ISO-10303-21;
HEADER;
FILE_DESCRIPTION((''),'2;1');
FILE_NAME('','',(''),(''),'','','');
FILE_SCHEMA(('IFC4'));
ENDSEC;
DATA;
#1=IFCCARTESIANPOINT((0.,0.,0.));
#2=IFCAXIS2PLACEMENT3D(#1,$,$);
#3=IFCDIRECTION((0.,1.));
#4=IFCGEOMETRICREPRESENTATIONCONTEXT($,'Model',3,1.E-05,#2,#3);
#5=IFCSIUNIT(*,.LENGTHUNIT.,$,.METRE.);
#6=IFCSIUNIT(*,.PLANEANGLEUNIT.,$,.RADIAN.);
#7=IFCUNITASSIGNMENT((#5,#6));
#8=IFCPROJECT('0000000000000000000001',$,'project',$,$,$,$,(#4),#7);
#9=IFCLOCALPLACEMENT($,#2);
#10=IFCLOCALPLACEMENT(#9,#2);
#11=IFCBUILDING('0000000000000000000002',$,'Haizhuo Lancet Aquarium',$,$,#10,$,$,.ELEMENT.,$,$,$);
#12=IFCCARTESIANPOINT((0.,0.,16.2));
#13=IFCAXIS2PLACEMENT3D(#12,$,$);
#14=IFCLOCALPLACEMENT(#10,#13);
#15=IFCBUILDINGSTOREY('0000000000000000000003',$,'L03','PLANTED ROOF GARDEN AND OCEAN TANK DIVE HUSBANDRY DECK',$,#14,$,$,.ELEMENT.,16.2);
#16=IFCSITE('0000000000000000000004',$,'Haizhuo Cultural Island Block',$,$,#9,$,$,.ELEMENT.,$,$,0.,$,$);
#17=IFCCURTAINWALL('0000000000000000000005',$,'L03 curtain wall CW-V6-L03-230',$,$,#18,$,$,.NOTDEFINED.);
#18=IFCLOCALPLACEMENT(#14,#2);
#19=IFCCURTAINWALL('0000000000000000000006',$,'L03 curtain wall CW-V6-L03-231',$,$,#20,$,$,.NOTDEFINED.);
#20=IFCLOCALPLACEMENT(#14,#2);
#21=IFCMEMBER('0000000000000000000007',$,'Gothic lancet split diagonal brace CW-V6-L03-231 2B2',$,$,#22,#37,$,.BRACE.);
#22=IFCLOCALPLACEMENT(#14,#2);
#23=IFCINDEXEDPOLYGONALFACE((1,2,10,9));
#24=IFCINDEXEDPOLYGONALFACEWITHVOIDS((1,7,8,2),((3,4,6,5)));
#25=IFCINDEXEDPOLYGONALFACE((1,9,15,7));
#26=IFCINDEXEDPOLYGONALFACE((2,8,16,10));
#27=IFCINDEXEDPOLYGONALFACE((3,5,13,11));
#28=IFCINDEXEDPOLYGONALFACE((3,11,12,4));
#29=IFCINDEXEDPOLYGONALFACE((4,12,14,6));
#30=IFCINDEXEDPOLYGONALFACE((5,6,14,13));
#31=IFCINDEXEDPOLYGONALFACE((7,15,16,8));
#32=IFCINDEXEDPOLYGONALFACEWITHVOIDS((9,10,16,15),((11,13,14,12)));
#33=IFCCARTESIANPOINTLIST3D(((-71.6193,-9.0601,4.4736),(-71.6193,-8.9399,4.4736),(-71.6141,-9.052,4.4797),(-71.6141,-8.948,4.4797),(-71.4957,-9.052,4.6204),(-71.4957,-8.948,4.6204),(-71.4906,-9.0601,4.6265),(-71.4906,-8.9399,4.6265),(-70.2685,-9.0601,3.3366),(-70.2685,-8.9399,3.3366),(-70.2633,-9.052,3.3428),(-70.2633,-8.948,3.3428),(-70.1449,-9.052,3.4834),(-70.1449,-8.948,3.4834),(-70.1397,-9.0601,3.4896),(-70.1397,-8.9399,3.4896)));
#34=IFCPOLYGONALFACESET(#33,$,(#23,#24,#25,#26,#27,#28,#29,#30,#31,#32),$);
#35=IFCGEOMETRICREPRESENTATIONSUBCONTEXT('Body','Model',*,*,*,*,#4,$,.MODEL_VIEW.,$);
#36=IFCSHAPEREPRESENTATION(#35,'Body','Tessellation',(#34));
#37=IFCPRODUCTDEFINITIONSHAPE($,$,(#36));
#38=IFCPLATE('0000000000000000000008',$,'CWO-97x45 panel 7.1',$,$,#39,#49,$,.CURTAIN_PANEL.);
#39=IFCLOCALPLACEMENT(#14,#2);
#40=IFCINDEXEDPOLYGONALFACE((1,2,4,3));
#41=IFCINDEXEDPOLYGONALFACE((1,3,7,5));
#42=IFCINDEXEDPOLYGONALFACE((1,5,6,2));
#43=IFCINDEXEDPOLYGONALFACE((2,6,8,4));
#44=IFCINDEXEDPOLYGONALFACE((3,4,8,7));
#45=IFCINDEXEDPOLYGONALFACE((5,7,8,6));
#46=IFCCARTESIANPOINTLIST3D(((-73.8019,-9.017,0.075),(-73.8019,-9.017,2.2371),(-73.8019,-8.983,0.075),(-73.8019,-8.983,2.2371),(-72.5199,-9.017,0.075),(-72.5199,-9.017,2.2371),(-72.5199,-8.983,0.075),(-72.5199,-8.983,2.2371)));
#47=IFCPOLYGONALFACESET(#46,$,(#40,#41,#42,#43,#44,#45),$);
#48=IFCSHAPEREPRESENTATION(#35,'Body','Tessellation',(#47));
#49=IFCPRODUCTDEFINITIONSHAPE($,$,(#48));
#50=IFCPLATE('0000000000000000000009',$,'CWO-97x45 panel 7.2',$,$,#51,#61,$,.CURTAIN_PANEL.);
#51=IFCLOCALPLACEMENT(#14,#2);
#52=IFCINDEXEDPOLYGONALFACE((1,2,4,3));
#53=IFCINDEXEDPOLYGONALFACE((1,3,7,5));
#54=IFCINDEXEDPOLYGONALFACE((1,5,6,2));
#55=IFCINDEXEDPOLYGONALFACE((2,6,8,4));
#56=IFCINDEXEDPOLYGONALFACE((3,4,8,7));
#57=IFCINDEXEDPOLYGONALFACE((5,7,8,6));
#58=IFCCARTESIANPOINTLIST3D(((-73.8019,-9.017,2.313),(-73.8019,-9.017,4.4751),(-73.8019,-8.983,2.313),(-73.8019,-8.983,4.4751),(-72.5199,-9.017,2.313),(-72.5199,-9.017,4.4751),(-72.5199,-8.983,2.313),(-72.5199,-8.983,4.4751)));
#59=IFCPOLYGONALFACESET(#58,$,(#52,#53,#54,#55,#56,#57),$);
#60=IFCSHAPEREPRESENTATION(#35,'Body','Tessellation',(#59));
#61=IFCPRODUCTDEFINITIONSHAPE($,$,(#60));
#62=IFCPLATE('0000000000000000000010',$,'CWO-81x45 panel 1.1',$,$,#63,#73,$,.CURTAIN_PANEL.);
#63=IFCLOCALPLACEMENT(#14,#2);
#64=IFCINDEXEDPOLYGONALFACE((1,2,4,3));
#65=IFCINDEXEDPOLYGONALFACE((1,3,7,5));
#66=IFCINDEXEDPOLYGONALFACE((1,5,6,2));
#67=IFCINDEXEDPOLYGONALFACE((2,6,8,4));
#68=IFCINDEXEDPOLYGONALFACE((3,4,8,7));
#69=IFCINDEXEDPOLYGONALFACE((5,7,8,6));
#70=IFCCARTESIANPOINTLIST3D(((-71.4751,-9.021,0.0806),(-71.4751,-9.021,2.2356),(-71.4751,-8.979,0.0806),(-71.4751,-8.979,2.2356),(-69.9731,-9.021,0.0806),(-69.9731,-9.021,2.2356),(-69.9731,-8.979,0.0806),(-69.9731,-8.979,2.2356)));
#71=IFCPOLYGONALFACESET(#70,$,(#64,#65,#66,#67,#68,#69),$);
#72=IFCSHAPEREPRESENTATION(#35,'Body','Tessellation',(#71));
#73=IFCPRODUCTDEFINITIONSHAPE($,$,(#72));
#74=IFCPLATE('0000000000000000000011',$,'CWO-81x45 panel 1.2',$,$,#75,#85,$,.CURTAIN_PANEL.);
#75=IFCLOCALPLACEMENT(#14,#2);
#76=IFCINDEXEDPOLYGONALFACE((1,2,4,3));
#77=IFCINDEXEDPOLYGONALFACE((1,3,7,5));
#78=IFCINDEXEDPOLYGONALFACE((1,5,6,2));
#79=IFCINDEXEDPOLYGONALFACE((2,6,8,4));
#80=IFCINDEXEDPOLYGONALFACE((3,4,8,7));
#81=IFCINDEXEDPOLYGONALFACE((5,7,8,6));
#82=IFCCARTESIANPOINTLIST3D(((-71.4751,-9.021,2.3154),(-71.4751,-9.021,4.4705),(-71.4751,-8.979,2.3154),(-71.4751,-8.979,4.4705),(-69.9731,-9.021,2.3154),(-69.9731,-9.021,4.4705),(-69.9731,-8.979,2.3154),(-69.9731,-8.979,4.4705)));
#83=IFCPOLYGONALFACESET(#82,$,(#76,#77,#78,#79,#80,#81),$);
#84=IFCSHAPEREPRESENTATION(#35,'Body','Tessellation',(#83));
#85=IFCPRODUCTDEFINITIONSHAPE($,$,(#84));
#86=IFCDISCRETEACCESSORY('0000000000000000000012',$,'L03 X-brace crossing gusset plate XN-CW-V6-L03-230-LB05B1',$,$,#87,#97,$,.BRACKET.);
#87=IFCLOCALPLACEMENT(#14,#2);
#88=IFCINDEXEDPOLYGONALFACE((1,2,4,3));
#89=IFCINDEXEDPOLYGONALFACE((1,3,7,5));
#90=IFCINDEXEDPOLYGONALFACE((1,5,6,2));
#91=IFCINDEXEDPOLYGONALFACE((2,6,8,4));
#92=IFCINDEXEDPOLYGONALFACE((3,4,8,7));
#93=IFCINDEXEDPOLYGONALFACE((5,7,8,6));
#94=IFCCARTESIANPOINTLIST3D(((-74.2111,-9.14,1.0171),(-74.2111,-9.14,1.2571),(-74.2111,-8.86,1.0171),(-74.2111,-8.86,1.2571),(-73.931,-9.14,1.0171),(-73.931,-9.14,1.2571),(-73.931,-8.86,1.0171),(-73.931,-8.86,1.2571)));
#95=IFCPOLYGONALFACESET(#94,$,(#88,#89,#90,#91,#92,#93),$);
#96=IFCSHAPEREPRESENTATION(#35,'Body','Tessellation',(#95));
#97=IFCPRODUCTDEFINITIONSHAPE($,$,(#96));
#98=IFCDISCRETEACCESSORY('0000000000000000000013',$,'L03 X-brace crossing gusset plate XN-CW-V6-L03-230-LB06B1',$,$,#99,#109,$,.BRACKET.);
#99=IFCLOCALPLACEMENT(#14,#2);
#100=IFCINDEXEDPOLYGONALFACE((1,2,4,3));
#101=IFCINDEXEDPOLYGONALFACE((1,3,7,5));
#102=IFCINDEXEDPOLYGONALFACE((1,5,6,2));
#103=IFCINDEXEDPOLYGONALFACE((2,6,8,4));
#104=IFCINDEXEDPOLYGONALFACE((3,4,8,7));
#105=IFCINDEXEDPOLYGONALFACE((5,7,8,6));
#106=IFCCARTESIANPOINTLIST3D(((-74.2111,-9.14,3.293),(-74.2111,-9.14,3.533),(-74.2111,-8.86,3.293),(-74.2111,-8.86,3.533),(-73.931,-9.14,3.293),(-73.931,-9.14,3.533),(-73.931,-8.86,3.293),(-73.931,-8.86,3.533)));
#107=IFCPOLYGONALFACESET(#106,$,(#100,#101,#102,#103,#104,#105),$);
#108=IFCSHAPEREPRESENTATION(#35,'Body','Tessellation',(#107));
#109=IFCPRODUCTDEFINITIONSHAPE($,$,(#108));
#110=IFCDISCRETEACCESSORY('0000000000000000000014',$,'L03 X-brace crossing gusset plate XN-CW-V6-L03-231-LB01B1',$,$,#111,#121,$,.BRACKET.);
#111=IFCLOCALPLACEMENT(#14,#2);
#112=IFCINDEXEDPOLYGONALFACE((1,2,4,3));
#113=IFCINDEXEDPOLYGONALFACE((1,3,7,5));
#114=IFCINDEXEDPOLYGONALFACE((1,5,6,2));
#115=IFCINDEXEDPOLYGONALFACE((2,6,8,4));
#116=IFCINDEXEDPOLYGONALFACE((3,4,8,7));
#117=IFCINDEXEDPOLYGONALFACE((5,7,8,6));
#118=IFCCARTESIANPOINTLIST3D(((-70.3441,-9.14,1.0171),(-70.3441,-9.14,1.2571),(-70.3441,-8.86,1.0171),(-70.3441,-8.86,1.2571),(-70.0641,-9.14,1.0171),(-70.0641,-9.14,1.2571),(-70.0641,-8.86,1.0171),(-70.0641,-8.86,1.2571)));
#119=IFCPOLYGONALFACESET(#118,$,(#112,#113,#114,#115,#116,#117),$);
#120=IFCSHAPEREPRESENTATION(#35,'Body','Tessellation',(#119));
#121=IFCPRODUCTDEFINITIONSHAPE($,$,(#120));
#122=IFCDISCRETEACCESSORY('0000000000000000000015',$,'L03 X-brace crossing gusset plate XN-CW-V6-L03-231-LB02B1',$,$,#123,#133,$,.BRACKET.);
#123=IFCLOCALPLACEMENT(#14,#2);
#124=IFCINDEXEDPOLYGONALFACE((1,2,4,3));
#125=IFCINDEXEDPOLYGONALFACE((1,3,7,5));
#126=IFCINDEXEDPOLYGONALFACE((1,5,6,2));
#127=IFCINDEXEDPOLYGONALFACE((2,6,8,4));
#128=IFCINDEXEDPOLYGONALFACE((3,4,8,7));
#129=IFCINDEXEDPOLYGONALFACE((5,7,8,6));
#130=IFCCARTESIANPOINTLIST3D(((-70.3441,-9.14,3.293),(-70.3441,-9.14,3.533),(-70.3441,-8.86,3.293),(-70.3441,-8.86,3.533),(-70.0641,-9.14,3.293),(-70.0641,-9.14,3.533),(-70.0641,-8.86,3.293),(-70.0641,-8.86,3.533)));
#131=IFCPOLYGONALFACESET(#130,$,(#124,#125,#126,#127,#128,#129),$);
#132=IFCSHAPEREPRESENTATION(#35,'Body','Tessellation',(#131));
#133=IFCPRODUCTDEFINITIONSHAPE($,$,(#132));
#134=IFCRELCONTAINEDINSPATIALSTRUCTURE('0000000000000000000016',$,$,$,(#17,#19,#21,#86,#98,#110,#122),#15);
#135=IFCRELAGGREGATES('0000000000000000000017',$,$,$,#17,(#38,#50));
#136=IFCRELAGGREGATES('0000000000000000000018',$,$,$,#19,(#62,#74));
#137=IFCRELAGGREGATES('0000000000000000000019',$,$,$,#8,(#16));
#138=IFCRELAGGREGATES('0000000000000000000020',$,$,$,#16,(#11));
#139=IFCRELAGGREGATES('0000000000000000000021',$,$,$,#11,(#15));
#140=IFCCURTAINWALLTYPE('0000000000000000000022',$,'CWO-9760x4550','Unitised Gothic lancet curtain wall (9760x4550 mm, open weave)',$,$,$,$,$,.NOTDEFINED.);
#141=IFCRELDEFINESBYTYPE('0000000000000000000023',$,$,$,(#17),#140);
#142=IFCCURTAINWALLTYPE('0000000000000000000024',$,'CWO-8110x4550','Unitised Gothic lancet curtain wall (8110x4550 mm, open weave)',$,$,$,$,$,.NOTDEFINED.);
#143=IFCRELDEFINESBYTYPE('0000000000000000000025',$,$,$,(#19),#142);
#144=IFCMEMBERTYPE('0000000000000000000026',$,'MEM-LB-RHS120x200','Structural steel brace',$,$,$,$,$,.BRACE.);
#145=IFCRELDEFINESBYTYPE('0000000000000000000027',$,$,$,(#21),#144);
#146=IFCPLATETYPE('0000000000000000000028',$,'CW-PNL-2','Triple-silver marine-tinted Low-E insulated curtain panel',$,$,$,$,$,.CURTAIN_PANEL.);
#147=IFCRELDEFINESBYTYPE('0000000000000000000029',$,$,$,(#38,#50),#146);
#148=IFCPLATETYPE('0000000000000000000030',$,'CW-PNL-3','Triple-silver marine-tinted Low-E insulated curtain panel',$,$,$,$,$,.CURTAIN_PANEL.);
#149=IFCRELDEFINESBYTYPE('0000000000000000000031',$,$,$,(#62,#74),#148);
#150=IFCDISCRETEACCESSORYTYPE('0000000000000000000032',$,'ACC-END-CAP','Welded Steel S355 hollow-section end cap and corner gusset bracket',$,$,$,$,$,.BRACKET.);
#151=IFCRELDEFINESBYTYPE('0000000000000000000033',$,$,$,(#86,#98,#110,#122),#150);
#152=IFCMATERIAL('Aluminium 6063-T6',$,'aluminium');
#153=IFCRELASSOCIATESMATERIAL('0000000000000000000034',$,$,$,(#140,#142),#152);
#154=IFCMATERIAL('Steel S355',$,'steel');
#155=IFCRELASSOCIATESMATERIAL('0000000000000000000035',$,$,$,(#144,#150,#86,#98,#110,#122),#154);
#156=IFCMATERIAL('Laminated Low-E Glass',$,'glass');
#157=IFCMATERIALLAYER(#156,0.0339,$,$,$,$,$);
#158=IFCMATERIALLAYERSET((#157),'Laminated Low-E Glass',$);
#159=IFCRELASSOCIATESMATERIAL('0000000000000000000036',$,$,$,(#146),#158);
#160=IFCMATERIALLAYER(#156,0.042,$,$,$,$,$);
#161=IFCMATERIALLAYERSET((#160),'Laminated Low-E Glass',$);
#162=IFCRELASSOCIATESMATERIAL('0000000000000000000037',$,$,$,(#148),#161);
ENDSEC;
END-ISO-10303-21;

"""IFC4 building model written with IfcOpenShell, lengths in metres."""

from ifc_helpers import new_model, si_unit, direction, frame, origin, origin_2d, place, context, subcontext, project, spatial, rectangle, hollow_rectangle, extrude, material, layer, layer_set, material_profile, profile_set, type_object, element, aggregate, save


model = new_model("IFC4")

# Units and contexts
model_context = context("Model", 3, precision=1e-05, world=origin(), true_north=direction((0.0, 1.0)))
body_context = subcontext(model_context, "Body", "Model", "MODEL_VIEW")
ifc_project = project(units=[si_unit("LENGTHUNIT", "METRE"), si_unit("PLANEANGLEUNIT", "RADIAN")], contexts=[model_context])

# Site, building, storey
site_placement = place(None, origin())
site = spatial("IfcSite", under=ifc_project, at=site_placement, Name="Haizhuo Cultural Island Block", CompositionType="ELEMENT", RefElevation=0.0)
building_placement = place(site_placement, origin())
building = spatial("IfcBuilding", under=site, at=building_placement, Name="Haizhuo Lancet Aquarium", CompositionType="ELEMENT")
storey_placement = place(building_placement, frame((0.0, 0.0, 16.2)))
storey = spatial("IfcBuildingStorey", under=building, at=storey_placement, Name="L03", Description="PLANTED ROOF GARDEN AND OCEAN TANK DIVE HUSBANDRY DECK", CompositionType="ELEMENT", Elevation=16.2)

# Shared definitions
ifc_material_1 = material(Name="Steel S355", Category="steel")

# Curtain walls
ifc_material_2 = material(Name="Aluminium 6063-T6", Category="aluminium")
curtain_wall_type_1 = type_object("IfcCurtainWallType", Name="CWO-9760x4550", Description="Unitised Gothic lancet curtain wall (9760x4550 mm, open weave)", PredefinedType="NOTDEFINED", material=ifc_material_2)
curtain_wall_1_placement = place(storey_placement, origin())
curtain_wall_1 = element("IfcCurtainWall", 1, at=curtain_wall_1_placement, inside=storey, type_object=curtain_wall_type_1, Name="L03 curtain wall CW-V6-L03-230", PredefinedType="NOTDEFINED")
curtain_wall_type_2 = type_object("IfcCurtainWallType", Name="CWO-8110x4550", Description="Unitised Gothic lancet curtain wall (8110x4550 mm, open weave)", PredefinedType="NOTDEFINED", material=ifc_material_2)
curtain_wall_2_placement = place(storey_placement, origin())
curtain_wall_2 = element("IfcCurtainWall", 2, at=curtain_wall_2_placement, inside=storey, type_object=curtain_wall_type_2, Name="L03 curtain wall CW-V6-L03-231", PredefinedType="NOTDEFINED")

# Member
ifc_material_profile_1 = material_profile(ifc_material_1, hollow_rectangle(XDim=0.1201, YDim=0.2, WallThickness=0.0081, at=origin_2d()), Name="RHS 120x200x8")
ifc_profile_set_1 = profile_set([ifc_material_profile_1], Name="Steel S355")
member_type_1 = type_object("IfcMemberType", Name="MEM-LB-RHS120x200", Description="Structural steel brace", PredefinedType="BRACE", material=ifc_profile_set_1)
member_1_placement = place(storey_placement, frame((-70.2041, -9.0, 3.4131), z_axis=(-0.765073, 0.0, 0.643944), x_axis=(0.0, -1.0, 0.0)))
element("IfcMember", 3, at=member_1_placement, inside=storey, type_object=member_type_1, Name="Gothic lancet split diagonal brace CW-V6-L03-231 2B2", PredefinedType="BRACE", context=body_context, shape_type="SweptSolid", body=[
    extrude(hollow_rectangle(XDim=0.1201, YDim=0.2, WallThickness=0.0081, at=origin_2d()), origin(), (0.0, 0.0, 1.0), 1.7656),
])

# Plates
ifc_material_3 = material(Name="Laminated Low-E Glass", Category="glass")
ifc_layer_1 = layer(ifc_material_3, 0.0339)
ifc_layer_set_1 = layer_set([ifc_layer_1], Name="Laminated Low-E Glass")
plate_type_1 = type_object("IfcPlateType", Name="CW-PNL-2", Description="Triple-silver marine-tinted Low-E insulated curtain panel", PredefinedType="CURTAIN_PANEL", material=ifc_layer_set_1)
plate_1_placement = place(storey_placement, frame((-73.1609, -9.0, 0.075), z_axis=(0.0, 0.0, 1.0), x_axis=(1.0, 0.0, 0.0)))
plate_1 = element("IfcPlate", 4, at=plate_1_placement, type_object=plate_type_1, Name="CWO-97x45 panel 7.1", PredefinedType="CURTAIN_PANEL", context=body_context, shape_type="SweptSolid", body=[
    extrude(rectangle(XDim=1.282, YDim=0.0339, at=origin_2d()), origin(), (0.0, 0.0, 1.0), 2.1621),
])
plate_2_placement = place(storey_placement, frame((-73.1609, -9.0, 2.313), z_axis=(0.0, 0.0, 1.0), x_axis=(1.0, 0.0, 0.0)))
plate_2 = element("IfcPlate", 5, at=plate_2_placement, type_object=plate_type_1, Name="CWO-97x45 panel 7.2", PredefinedType="CURTAIN_PANEL", context=body_context, shape_type="SweptSolid", body=[
    extrude(rectangle(XDim=1.282, YDim=0.0339, at=origin_2d()), origin(), (0.0, 0.0, 1.0), 2.1621),
])
aggregate(curtain_wall_1, [plate_1, plate_2])
ifc_layer_2 = layer(ifc_material_3, 0.042)
ifc_layer_set_2 = layer_set([ifc_layer_2], Name="Laminated Low-E Glass")
plate_type_2 = type_object("IfcPlateType", Name="CW-PNL-3", Description="Triple-silver marine-tinted Low-E insulated curtain panel", PredefinedType="CURTAIN_PANEL", material=ifc_layer_set_2)
plate_3_placement = place(storey_placement, frame((-70.7241, -9.0, 0.0806), z_axis=(0.0, 0.0, 1.0), x_axis=(1.0, 0.0, 0.0)))
plate_3 = element("IfcPlate", 6, at=plate_3_placement, type_object=plate_type_2, Name="CWO-81x45 panel 1.1", PredefinedType="CURTAIN_PANEL", context=body_context, shape_type="SweptSolid", body=[
    extrude(rectangle(XDim=1.502, YDim=0.042, at=origin_2d()), origin(), (0.0, 0.0, 1.0), 2.155),
])
plate_4_placement = place(storey_placement, frame((-70.7241, -9.0, 2.3154), z_axis=(0.0, 0.0, 1.0), x_axis=(1.0, 0.0, 0.0)))
plate_4 = element("IfcPlate", 7, at=plate_4_placement, type_object=plate_type_2, Name="CWO-81x45 panel 1.2", PredefinedType="CURTAIN_PANEL", context=body_context, shape_type="SweptSolid", body=[
    extrude(rectangle(XDim=1.502, YDim=0.042, at=origin_2d()), origin(), (0.0, 0.0, 1.0), 2.155),
])
aggregate(curtain_wall_2, [plate_3, plate_4])

# Discrete accessories
discrete_accessory_type = type_object("IfcDiscreteAccessoryType", Name="ACC-END-CAP", Description="Welded Steel S355 hollow-section end cap and corner gusset bracket", PredefinedType="BRACKET", material=ifc_material_1)
for number, where, z_axis, x_axis, name in (
    (8, (-74.071, -9.0, 1.0171), (0.0, 0.0, 1.0), (1.0, 0.0, 0.0), "L03 X-brace crossing gusset plate XN-CW-V6-L03-230-LB05B1"),
    (9, (-74.071, -9.0, 3.293), (0.0, 0.0, 1.0), (1.0, 0.0, 0.0), "L03 X-brace crossing gusset plate XN-CW-V6-L03-230-LB06B1"),
    (10, (-70.2041, -9.0, 1.0171), (0.0, 0.0, 1.0), (1.0, 0.0, 0.0), "L03 X-brace crossing gusset plate XN-CW-V6-L03-231-LB01B1"),
    (11, (-70.2041, -9.0, 3.293), (0.0, 0.0, 1.0), (1.0, 0.0, 0.0), "L03 X-brace crossing gusset plate XN-CW-V6-L03-231-LB02B1"),
):
    element("IfcDiscreteAccessory", number, at=place(storey_placement, frame(where, z_axis=z_axis, x_axis=x_axis)), inside=storey, type_object=discrete_accessory_type, material=ifc_material_1, Name=name, PredefinedType="BRACKET", context=body_context, shape_type="SweptSolid", body=[
        extrude(rectangle(XDim=0.28, YDim=0.28, at=origin_2d()), origin(), (0.0, 0.0, 1.0), 0.24),
    ])

save(model, "model.ifc")
